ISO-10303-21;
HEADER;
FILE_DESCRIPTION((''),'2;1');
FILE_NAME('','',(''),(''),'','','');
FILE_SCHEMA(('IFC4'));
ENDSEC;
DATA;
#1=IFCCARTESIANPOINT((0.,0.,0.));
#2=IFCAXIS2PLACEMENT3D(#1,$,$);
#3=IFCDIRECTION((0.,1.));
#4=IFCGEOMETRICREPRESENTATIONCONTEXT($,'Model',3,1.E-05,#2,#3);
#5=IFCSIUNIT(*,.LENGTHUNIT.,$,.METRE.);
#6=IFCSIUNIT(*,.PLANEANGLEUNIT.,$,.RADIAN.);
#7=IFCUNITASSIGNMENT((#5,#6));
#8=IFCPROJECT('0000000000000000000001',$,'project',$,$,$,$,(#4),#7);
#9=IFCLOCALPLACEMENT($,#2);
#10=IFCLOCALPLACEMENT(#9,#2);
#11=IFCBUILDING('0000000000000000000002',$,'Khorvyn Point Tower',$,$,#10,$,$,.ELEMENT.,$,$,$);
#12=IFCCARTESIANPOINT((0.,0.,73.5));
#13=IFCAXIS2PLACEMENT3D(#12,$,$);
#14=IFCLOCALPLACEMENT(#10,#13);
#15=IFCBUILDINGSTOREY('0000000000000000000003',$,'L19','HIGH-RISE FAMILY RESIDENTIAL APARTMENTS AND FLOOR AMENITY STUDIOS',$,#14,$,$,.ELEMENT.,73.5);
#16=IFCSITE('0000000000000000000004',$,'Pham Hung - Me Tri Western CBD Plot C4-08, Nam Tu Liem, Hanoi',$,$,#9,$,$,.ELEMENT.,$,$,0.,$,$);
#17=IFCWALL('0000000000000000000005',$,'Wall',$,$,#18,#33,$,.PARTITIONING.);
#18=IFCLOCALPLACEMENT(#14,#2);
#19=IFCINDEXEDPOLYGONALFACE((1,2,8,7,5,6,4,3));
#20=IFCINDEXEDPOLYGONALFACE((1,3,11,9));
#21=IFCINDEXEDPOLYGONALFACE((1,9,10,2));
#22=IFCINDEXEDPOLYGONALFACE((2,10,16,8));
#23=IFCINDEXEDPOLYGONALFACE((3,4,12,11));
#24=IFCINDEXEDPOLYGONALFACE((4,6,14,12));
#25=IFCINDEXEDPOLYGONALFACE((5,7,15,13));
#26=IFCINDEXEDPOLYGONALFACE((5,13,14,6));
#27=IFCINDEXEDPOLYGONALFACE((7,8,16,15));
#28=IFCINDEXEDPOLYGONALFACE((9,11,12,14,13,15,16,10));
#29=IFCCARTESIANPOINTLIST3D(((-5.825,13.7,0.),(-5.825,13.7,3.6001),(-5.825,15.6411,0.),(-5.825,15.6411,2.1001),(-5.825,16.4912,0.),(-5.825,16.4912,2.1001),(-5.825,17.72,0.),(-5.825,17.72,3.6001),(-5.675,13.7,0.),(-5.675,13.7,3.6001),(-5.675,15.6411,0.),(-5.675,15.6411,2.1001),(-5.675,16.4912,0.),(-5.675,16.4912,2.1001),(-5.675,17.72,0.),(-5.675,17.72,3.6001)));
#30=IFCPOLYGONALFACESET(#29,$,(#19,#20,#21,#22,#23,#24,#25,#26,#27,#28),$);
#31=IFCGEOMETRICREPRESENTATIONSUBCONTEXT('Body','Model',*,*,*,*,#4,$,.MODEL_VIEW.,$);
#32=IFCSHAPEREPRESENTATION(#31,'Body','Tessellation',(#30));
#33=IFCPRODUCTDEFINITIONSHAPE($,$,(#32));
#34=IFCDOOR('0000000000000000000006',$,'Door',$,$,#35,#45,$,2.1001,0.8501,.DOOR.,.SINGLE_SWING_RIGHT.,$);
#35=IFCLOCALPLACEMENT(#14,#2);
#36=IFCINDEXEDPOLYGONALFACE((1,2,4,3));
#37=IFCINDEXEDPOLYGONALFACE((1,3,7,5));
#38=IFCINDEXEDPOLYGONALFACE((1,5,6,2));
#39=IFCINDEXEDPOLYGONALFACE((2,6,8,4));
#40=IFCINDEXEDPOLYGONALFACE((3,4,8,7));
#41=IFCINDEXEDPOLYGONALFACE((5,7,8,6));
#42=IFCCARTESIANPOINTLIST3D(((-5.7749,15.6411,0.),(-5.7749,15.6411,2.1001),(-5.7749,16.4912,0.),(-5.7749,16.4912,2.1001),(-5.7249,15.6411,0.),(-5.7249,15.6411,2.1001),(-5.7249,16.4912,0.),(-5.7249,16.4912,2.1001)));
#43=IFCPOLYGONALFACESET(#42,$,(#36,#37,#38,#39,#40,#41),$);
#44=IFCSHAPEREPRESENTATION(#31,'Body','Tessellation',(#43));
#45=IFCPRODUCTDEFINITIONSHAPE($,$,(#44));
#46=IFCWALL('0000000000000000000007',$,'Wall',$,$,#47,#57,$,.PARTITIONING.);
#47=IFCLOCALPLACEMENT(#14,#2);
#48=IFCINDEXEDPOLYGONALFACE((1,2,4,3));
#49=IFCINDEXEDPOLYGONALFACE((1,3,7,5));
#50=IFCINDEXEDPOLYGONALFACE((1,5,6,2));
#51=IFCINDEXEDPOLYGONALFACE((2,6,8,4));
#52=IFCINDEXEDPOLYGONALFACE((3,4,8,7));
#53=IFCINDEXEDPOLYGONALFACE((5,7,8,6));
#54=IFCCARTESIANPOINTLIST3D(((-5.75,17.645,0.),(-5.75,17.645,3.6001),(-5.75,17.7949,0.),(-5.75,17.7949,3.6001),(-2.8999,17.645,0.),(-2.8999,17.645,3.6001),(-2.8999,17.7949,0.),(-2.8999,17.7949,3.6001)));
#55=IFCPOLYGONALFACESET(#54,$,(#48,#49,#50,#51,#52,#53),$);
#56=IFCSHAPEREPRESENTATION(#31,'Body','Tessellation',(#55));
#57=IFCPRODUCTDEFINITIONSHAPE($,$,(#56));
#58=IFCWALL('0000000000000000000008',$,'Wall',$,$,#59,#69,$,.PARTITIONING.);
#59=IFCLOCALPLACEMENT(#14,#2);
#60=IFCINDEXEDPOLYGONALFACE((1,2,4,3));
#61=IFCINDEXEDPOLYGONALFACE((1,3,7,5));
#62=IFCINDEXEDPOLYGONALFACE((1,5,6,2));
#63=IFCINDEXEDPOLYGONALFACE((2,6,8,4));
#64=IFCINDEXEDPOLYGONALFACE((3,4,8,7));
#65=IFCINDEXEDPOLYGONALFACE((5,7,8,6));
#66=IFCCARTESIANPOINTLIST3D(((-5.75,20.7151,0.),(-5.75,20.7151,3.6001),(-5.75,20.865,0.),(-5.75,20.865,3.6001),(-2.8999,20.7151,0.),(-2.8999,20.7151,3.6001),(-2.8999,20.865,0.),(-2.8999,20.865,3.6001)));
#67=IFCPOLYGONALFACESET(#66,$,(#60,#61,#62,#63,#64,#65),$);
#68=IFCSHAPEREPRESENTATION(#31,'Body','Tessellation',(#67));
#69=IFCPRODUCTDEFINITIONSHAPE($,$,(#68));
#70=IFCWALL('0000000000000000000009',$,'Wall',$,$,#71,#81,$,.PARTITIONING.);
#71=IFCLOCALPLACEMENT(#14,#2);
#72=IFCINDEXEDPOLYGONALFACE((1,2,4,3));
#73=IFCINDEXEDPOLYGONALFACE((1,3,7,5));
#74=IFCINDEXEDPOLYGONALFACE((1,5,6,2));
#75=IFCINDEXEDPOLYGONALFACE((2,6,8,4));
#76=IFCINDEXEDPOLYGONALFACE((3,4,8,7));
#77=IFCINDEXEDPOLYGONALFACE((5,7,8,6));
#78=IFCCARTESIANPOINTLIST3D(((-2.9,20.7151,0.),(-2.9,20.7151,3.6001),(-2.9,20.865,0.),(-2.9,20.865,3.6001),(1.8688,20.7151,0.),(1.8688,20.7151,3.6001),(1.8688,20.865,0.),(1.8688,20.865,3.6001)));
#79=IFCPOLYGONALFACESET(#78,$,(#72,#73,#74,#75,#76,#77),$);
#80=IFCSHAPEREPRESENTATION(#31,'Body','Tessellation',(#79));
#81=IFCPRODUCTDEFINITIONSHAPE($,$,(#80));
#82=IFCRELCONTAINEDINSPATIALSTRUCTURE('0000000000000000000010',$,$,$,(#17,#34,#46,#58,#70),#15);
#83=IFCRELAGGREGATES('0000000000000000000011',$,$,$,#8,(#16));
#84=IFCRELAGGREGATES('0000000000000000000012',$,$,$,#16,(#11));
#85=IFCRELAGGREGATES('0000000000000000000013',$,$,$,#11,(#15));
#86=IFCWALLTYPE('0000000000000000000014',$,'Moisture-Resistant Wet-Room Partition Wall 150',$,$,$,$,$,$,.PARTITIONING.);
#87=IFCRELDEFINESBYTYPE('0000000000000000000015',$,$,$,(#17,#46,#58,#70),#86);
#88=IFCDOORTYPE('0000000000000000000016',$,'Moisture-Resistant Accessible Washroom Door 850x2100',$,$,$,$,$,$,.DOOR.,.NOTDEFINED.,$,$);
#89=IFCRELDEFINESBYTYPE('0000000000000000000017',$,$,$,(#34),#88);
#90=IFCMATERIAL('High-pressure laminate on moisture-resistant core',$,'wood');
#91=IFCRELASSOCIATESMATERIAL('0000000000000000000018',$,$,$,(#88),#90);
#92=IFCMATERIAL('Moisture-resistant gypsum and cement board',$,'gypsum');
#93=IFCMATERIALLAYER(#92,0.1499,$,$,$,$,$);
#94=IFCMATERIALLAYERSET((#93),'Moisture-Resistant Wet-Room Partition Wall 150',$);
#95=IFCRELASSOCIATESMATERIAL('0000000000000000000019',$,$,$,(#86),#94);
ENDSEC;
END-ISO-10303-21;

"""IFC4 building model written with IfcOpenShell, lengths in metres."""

from ifc_helpers import new_model, si_unit, direction, frame, frame_2d, origin, place, context, subcontext, project, spatial, rectangle, extrude, material, layer, layer_set, type_object, element, fill, save


model = new_model("IFC4")

# Units and contexts
model_context = context("Model", 3, precision=1e-05, world=origin(), true_north=direction((0.0, 1.0)))
body_context = subcontext(model_context, "Body", "Model", "MODEL_VIEW")
ifc_project = project(units=[si_unit("LENGTHUNIT", "METRE"), si_unit("PLANEANGLEUNIT", "RADIAN")], contexts=[model_context])

# Site, building, storey
site_placement = place(None, origin())
site = spatial("IfcSite", under=ifc_project, at=site_placement, Name="Pham Hung - Me Tri Western CBD Plot C4-08, Nam Tu Liem, Hanoi", CompositionType="ELEMENT", RefElevation=0.0)
building_placement = place(site_placement, origin())
building = spatial("IfcBuilding", under=site, at=building_placement, Name="Khorvyn Point Tower", CompositionType="ELEMENT")
storey_placement = place(building_placement, frame((0.0, 0.0, 73.5)))
storey = spatial("IfcBuildingStorey", under=building, at=storey_placement, Name="L19", Description="HIGH-RISE FAMILY RESIDENTIAL APARTMENTS AND FLOOR AMENITY STUDIOS", CompositionType="ELEMENT", Elevation=73.5)

# Wall, opening, door
ifc_material_1 = material(Name="High-pressure laminate on moisture-resistant core", Category="wood")
door_type_1 = type_object("IfcDoorType", Name="Moisture-Resistant Accessible Washroom Door 850x2100", OperationType="NOTDEFINED", PredefinedType="DOOR", material=ifc_material_1)
ifc_material_2 = material(Name="Moisture-resistant gypsum and cement board", Category="gypsum")
ifc_layer_1 = layer(ifc_material_2, 0.1499)
ifc_layer_set_1 = layer_set([ifc_layer_1], Name="Moisture-Resistant Wet-Room Partition Wall 150")
wall_type_1 = type_object("IfcWallType", Name="Moisture-Resistant Wet-Room Partition Wall 150", PredefinedType="PARTITIONING", material=ifc_layer_set_1)
wall_1_placement = place(storey_placement, frame((-5.75, 13.7, 0.0), z_axis=(0.0, 0.0, 1.0), x_axis=(0.0, 1.0, 0.0)))
wall_1 = element("IfcWall", 1, at=wall_1_placement, inside=storey, type_object=wall_type_1, Name="Wall", PredefinedType="PARTITIONING", context=body_context, shape_type="SweptSolid", body=[
    extrude(rectangle(XDim=4.02, YDim=0.1499, at=frame_2d((2.01, 0.0))), origin(), (0.0, 0.0, 1.0), 3.6001),
])
opening_1_placement = place(wall_1_placement, frame((1.9412, 0.0, 0.0)))
opening_1 = element("IfcOpeningElement", 2, at=opening_1_placement, cuts=wall_1, PredefinedType="OPENING", context=body_context, shape_type="SweptSolid", body=[
    extrude(rectangle(XDim=0.8501, YDim=2.1001, at=frame_2d((0.425, 1.05))), frame((0.0, 0.085, 0.0), z_axis=(0.0, -1.0, 0.0), x_axis=(1.0, 0.0, 0.0)), (0.0, 0.0, 1.0), 0.1699),
])
door_1_placement = place(opening_1_placement, origin())
door_1 = element("IfcDoor", 3, at=door_1_placement, inside=storey, type_object=door_type_1, Name="Door", OperationType="SINGLE_SWING_RIGHT", OverallHeight=2.1001, OverallWidth=0.8501, PredefinedType="DOOR", context=body_context, shape_type="SweptSolid", body=[
    extrude(rectangle(XDim=0.8501, YDim=2.1001, at=frame_2d((0.425, 1.05))), frame((0.0, 0.0249, 0.0), z_axis=(0.0, -1.0, 0.0), x_axis=(1.0, 0.0, 0.0)), (0.0, 0.0, 1.0), 0.05),
])
fill(opening_1, door_1)

# Walls
for number, where, z_axis, x_axis, name in (
    (4, (-5.75, 17.72, 0.0), (0.0, 0.0, 1.0), (1.0, 0.0, 0.0), "Wall"),
    (5, (-5.75, 20.79, 0.0), (0.0, 0.0, 1.0), (1.0, 0.0, 0.0), "Wall"),
):
    element("IfcWall", number, at=place(storey_placement, frame(where, z_axis=z_axis, x_axis=x_axis)), inside=storey, type_object=wall_type_1, Name=name, PredefinedType="PARTITIONING", context=body_context, shape_type="SweptSolid", body=[
        extrude(rectangle(XDim=2.8501, YDim=0.1499, at=frame_2d((1.425, 0.0))), origin(), (0.0, 0.0, 1.0), 3.6001),
    ])
wall_2_placement = place(storey_placement, frame((-2.8999, 20.79, 0.0), z_axis=(0.0, 0.0, 1.0), x_axis=(1.0, 0.0, 0.0)))
element("IfcWall", 6, at=wall_2_placement, inside=storey, type_object=wall_type_1, Name="Wall", PredefinedType="PARTITIONING", context=body_context, shape_type="SweptSolid", body=[
    extrude(rectangle(XDim=4.7688, YDim=0.1499, at=frame_2d((2.3843, 0.0))), origin(), (0.0, 0.0, 1.0), 3.6001),
])

save(model, "model.ifc")
